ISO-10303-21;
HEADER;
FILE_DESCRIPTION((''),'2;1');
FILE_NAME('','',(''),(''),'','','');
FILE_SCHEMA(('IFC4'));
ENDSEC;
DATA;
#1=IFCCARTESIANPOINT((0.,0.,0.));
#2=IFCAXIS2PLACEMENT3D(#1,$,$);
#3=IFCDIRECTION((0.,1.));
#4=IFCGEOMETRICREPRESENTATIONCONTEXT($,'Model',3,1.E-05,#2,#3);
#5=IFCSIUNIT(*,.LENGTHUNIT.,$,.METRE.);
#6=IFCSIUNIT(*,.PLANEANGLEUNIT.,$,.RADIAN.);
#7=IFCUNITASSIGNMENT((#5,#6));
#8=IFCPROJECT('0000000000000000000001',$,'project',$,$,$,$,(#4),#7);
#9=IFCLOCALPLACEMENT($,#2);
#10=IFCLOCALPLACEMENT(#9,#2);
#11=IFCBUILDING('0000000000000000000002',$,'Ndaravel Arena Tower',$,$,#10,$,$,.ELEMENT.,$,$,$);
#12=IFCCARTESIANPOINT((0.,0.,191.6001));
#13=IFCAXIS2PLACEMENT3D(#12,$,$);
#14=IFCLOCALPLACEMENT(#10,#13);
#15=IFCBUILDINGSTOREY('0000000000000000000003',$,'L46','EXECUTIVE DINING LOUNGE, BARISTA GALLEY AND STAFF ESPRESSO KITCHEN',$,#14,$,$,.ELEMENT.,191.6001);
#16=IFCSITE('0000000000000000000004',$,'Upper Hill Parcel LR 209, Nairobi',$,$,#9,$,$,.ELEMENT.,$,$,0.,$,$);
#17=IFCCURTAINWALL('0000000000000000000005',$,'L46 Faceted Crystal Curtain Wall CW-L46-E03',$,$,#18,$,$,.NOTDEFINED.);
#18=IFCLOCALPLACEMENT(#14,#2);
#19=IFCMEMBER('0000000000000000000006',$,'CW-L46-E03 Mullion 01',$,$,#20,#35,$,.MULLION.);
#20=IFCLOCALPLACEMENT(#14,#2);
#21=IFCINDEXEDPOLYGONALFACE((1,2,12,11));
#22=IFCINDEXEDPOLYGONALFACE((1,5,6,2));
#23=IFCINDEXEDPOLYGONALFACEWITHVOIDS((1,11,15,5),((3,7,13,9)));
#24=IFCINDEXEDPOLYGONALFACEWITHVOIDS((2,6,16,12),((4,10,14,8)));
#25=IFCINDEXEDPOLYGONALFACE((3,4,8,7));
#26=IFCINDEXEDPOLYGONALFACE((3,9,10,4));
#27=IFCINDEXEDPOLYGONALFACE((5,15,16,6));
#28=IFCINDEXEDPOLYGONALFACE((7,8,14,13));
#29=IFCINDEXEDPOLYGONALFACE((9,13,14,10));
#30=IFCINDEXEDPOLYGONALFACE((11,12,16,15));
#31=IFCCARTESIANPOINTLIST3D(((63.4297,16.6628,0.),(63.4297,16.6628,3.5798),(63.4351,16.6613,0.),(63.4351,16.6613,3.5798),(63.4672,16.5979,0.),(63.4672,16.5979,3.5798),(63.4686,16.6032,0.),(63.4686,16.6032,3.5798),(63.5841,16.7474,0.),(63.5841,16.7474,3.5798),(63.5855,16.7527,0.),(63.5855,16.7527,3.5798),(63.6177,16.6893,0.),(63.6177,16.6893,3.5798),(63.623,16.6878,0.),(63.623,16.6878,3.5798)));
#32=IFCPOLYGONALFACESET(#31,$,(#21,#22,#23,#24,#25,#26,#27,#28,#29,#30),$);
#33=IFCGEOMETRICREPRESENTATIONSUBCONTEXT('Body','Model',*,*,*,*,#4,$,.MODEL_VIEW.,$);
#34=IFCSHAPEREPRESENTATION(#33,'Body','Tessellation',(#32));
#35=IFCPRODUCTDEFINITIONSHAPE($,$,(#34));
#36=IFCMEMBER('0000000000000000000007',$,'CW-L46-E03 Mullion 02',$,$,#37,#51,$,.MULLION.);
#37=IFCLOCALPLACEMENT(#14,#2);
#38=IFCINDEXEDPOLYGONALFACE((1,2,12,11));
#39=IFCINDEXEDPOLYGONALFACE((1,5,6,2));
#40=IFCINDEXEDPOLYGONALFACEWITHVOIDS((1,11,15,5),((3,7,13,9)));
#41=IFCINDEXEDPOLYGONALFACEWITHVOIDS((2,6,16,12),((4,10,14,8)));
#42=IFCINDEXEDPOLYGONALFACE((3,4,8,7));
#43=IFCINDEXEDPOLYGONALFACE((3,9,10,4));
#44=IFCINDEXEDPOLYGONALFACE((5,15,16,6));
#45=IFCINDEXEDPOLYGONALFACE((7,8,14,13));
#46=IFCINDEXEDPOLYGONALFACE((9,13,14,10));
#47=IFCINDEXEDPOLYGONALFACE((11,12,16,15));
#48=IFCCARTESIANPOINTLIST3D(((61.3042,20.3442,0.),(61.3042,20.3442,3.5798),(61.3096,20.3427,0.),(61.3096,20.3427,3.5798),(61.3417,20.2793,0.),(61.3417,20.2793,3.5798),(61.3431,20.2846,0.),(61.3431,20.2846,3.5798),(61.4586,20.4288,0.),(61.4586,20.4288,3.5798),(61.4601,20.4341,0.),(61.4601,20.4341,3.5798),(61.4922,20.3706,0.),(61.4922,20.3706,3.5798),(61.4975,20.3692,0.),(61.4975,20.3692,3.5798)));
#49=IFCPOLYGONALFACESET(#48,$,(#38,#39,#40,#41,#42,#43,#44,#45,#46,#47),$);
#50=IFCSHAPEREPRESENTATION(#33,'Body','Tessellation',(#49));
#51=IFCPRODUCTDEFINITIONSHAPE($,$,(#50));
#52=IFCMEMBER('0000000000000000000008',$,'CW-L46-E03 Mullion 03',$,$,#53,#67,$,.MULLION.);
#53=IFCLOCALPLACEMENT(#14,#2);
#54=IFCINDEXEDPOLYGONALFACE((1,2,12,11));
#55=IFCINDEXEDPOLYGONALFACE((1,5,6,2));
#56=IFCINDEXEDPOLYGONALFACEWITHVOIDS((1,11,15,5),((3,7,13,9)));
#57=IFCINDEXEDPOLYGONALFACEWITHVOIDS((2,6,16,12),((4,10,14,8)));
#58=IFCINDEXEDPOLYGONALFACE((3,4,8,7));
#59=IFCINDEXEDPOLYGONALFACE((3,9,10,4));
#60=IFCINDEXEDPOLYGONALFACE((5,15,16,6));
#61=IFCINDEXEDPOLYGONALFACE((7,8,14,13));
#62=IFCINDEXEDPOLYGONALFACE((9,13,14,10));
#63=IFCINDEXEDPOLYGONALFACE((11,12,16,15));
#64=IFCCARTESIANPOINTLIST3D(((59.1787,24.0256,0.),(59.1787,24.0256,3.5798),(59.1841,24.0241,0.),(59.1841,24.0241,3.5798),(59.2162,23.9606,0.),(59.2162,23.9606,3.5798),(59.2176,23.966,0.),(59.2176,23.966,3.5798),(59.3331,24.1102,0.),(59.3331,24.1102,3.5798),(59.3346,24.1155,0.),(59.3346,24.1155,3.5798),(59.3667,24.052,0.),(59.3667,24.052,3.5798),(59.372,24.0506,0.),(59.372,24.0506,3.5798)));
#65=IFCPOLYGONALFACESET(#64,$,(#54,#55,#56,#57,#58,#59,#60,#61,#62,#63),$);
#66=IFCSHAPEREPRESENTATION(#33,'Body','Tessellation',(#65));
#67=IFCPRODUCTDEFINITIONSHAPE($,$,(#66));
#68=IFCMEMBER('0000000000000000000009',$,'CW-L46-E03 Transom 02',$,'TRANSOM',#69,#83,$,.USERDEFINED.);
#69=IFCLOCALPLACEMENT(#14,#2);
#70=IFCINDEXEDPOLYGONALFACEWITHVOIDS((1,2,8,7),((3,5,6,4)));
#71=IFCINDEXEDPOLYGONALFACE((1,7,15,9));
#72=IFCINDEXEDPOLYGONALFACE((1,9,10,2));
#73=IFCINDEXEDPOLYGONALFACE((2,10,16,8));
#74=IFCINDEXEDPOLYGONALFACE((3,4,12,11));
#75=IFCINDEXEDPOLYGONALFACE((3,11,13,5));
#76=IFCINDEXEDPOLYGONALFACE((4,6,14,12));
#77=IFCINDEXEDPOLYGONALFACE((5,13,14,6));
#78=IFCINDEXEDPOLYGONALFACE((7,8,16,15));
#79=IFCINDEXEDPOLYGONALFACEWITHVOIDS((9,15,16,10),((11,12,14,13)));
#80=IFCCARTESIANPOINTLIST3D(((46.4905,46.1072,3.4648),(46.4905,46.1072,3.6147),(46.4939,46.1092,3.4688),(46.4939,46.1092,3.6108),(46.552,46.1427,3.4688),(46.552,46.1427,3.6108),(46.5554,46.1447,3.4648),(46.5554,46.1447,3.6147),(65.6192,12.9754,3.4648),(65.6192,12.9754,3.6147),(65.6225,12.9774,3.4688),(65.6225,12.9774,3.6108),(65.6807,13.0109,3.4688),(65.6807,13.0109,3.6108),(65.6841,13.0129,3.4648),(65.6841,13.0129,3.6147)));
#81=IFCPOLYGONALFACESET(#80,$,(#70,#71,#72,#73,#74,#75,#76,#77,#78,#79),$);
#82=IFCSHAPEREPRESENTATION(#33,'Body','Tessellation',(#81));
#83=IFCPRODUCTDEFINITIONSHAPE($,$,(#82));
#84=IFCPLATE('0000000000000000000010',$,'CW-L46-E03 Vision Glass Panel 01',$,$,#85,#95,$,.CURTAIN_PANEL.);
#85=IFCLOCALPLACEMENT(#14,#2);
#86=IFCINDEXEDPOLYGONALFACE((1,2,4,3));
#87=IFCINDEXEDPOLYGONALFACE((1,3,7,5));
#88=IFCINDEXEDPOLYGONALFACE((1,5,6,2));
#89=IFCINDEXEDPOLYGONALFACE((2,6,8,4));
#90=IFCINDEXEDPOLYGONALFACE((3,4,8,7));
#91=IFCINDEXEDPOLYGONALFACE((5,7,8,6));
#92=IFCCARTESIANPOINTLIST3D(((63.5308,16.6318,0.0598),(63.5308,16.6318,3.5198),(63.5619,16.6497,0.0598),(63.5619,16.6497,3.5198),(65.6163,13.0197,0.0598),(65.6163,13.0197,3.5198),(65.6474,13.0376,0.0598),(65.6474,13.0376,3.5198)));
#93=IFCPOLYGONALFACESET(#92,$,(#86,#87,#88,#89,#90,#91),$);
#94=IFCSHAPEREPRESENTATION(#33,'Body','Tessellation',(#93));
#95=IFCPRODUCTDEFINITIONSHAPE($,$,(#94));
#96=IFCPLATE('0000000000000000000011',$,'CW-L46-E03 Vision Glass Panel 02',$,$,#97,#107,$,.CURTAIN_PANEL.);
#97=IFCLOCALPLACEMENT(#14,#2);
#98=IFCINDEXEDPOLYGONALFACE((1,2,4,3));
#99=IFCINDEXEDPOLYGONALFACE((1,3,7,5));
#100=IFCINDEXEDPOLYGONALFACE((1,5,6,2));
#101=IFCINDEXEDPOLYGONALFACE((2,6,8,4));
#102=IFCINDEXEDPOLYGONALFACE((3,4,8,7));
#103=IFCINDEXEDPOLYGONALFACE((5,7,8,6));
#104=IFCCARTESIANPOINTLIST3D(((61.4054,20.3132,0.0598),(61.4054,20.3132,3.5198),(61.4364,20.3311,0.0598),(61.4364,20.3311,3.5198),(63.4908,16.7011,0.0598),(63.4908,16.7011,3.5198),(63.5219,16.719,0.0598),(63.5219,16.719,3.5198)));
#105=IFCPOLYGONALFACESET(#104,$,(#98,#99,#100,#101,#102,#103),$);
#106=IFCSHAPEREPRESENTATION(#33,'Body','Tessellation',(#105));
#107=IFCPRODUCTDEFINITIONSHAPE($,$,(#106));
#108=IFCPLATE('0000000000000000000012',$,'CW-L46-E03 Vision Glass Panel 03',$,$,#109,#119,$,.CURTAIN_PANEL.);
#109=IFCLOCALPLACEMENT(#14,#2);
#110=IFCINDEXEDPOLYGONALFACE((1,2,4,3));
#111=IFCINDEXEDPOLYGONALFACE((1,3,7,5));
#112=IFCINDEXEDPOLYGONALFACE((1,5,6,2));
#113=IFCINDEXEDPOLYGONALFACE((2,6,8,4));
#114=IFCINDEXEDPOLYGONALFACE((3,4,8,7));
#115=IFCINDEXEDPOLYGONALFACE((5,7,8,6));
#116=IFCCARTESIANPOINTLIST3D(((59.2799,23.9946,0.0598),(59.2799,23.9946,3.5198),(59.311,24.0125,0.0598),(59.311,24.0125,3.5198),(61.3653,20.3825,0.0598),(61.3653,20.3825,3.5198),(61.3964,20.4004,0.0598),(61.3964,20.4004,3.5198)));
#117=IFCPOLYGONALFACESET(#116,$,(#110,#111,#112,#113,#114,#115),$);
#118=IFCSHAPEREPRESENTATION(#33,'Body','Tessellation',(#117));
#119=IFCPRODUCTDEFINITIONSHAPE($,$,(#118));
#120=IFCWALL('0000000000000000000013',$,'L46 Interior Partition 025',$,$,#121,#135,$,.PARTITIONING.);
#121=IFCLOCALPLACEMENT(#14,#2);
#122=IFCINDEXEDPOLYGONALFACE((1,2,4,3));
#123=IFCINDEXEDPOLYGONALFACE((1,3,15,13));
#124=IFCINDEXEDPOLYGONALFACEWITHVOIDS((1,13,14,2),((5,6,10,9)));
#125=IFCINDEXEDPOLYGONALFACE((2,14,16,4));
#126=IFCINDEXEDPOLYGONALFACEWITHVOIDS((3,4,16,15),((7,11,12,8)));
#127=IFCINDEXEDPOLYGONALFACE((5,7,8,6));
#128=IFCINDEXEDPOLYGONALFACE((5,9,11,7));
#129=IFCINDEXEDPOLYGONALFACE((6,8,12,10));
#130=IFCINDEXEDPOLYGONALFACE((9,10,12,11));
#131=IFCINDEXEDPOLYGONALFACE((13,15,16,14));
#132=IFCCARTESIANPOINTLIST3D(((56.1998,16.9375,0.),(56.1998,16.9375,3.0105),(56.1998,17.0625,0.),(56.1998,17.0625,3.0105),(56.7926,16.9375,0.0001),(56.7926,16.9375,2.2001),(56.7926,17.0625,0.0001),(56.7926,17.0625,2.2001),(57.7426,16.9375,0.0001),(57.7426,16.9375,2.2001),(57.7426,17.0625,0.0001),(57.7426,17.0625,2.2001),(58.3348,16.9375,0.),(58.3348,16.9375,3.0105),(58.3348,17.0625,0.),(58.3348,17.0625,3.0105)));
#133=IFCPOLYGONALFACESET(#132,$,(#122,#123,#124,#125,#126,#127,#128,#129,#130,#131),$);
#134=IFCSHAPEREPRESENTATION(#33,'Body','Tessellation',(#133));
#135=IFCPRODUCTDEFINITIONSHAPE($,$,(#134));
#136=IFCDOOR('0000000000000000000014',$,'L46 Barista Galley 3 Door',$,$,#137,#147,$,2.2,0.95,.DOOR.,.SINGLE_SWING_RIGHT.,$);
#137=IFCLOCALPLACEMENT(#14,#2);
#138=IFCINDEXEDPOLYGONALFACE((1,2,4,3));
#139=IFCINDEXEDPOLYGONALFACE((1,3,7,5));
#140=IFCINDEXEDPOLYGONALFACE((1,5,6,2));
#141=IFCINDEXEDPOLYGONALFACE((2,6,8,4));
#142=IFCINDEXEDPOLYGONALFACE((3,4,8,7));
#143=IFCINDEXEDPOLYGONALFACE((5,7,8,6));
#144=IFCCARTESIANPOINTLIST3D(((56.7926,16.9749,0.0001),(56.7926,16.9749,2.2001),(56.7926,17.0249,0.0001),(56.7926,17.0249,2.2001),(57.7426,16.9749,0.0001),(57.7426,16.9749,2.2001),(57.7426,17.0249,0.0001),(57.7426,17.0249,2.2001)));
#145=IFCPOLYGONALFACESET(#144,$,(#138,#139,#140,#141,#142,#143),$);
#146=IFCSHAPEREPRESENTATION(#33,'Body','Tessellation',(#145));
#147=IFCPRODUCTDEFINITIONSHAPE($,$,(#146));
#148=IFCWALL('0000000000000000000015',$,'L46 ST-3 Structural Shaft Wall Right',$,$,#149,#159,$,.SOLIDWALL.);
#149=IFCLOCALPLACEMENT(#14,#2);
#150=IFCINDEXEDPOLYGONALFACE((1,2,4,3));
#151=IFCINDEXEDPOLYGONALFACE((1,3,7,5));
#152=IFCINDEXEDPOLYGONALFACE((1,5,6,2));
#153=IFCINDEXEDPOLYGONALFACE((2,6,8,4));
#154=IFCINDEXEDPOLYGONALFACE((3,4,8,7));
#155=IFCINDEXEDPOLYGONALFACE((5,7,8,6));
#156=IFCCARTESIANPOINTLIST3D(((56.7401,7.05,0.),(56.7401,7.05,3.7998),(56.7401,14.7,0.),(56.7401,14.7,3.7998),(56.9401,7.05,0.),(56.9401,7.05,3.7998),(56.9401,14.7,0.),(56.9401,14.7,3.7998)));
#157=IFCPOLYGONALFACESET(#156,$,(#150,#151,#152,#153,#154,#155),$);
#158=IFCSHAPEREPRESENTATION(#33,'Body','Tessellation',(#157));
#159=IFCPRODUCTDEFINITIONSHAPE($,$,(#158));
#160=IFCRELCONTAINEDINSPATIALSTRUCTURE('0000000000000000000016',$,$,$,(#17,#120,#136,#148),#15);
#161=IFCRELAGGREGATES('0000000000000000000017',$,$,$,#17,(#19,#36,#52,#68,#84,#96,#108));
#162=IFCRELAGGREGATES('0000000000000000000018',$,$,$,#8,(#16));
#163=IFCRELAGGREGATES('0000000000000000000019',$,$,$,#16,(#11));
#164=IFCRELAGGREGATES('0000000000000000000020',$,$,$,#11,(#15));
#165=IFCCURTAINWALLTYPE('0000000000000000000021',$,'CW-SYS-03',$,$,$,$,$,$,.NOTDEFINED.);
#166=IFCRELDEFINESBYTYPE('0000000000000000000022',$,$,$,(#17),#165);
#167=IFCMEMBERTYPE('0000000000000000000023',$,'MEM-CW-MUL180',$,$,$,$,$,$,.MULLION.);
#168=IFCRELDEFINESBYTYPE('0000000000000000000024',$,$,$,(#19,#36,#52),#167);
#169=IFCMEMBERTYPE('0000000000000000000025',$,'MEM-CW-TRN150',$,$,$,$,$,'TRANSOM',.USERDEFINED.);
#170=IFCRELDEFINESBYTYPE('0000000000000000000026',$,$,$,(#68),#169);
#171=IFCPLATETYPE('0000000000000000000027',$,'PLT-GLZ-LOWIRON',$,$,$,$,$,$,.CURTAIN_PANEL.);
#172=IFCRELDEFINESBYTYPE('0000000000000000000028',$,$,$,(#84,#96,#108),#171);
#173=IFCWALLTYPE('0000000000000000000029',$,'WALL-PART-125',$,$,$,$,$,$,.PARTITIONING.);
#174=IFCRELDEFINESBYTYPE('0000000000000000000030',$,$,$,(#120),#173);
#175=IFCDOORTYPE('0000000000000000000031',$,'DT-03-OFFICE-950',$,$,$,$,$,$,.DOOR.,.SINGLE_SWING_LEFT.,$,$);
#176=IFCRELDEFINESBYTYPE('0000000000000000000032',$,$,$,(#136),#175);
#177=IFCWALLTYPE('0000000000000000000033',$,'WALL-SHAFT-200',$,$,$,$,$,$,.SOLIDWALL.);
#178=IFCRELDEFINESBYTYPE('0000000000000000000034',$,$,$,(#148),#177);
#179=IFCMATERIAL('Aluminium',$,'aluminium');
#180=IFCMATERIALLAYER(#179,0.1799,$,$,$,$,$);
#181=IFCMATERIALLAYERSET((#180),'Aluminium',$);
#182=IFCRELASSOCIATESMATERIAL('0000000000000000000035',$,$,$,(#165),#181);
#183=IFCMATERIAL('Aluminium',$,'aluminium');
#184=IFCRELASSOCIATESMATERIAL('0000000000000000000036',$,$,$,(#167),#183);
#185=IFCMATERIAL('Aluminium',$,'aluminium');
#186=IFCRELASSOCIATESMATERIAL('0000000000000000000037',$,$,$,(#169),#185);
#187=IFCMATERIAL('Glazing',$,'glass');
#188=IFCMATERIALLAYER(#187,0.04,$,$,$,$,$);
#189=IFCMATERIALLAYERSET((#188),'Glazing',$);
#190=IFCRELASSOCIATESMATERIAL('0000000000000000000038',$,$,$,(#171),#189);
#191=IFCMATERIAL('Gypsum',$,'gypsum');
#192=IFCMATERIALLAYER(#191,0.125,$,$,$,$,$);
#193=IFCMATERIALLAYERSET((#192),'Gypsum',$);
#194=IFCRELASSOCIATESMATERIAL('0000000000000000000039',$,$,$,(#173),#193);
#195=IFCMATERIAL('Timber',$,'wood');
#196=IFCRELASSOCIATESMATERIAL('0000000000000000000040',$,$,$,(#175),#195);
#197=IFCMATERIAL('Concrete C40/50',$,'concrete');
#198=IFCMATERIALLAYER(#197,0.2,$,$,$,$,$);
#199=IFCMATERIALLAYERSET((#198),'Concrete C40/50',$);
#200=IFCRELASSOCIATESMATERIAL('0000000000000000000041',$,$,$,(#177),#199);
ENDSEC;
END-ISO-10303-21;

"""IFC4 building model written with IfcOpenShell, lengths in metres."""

from ifc_helpers import new_model, si_unit, direction, frame, frame_2d, origin, origin_2d, place, context, subcontext, project, spatial, rectangle, hollow_rectangle, extrude, material, layer, layer_set, material_profile, profile_set, type_object, element, fill, aggregate, save


model = new_model("IFC4")

# Units and contexts
model_context = context("Model", 3, precision=1e-05, world=origin(), true_north=direction((0.0, 1.0)))
body_context = subcontext(model_context, "Body", "Model", "MODEL_VIEW")
ifc_project = project(units=[si_unit("LENGTHUNIT", "METRE"), si_unit("PLANEANGLEUNIT", "RADIAN")], contexts=[model_context])

# Site, building, storey
site_placement = place(None, origin())
site = spatial("IfcSite", under=ifc_project, at=site_placement, Name="Upper Hill Parcel LR 209, Nairobi", CompositionType="ELEMENT", RefElevation=0.0)
building_placement = place(site_placement, origin())
building = spatial("IfcBuilding", under=site, at=building_placement, Name="Ndaravel Arena Tower", CompositionType="ELEMENT")
storey_placement = place(building_placement, frame((0.0, 0.0, 191.6001)))
storey = spatial("IfcBuildingStorey", under=building, at=storey_placement, Name="L46", Description="EXECUTIVE DINING LOUNGE, BARISTA GALLEY AND STAFF ESPRESSO KITCHEN", CompositionType="ELEMENT", Elevation=191.6001)

# Curtain wall, members, plates
ifc_material_1 = material(Name="Aluminium", Category="aluminium")
ifc_layer_1 = layer(ifc_material_1, 0.1799)
ifc_layer_set_1 = layer_set([ifc_layer_1], Name="Aluminium")
curtain_wall_type = type_object("IfcCurtainWallType", Name="CW-SYS-03", PredefinedType="NOTDEFINED", material=ifc_layer_set_1)
curtain_wall_placement = place(storey_placement, origin())
curtain_wall = element("IfcCurtainWall", 1, at=curtain_wall_placement, inside=storey, type_object=curtain_wall_type, Name="L46 Faceted Crystal Curtain Wall CW-L46-E03", PredefinedType="NOTDEFINED")
ifc_material_2 = material(Name="Aluminium", Category="aluminium")
ifc_material_profile_1 = material_profile(ifc_material_2, hollow_rectangle(XDim=0.075, YDim=0.1799, WallThickness=0.0039, at=origin_2d()), Name="CW MULLION 75x180x4")
ifc_profile_set_1 = profile_set([ifc_material_profile_1], Name="Aluminium")
member_type_1 = type_object("IfcMemberType", Name="MEM-CW-MUL180", PredefinedType="MULLION", material=ifc_profile_set_1)
member_1_placement = place(storey_placement, frame((63.5264, 16.6753, 0.0), z_axis=(0.0, 0.0, 1.0), x_axis=(-0.5, 0.866025, 0.0)))
member_1 = element("IfcMember", 2, at=member_1_placement, type_object=member_type_1, Name="CW-L46-E03 Mullion 01", PredefinedType="MULLION", context=body_context, shape_type="SweptSolid", body=[
    extrude(hollow_rectangle(XDim=0.075, YDim=0.1799, WallThickness=0.0039, at=origin_2d()), origin(), (0.0, 0.0, 1.0), 3.5798),
])
member_2_placement = place(storey_placement, frame((61.4009, 20.3567, 0.0), z_axis=(0.0, 0.0, 1.0), x_axis=(-0.5, 0.866025, 0.0)))
member_2 = element("IfcMember", 3, at=member_2_placement, type_object=member_type_1, Name="CW-L46-E03 Mullion 02", PredefinedType="MULLION", context=body_context, shape_type="SweptSolid", body=[
    extrude(hollow_rectangle(XDim=0.075, YDim=0.1799, WallThickness=0.0039, at=origin_2d()), origin(), (0.0, 0.0, 1.0), 3.5798),
])
member_3_placement = place(storey_placement, frame((59.2754, 24.0381, 0.0), z_axis=(0.0, 0.0, 1.0), x_axis=(-0.5, 0.866025, 0.0)))
member_3 = element("IfcMember", 4, at=member_3_placement, type_object=member_type_1, Name="CW-L46-E03 Mullion 03", PredefinedType="MULLION", context=body_context, shape_type="SweptSolid", body=[
    extrude(hollow_rectangle(XDim=0.075, YDim=0.1799, WallThickness=0.0039, at=origin_2d()), origin(), (0.0, 0.0, 1.0), 3.5798),
])
ifc_material_3 = material(Name="Aluminium", Category="aluminium")
ifc_material_profile_2 = material_profile(ifc_material_3, hollow_rectangle(XDim=0.075, YDim=0.1499, WallThickness=0.0039, at=origin_2d()), Name="CW TRANSOM 75x150x4")
ifc_profile_set_2 = profile_set([ifc_material_profile_2], Name="Aluminium")
member_type_2 = type_object("IfcMemberType", Name="MEM-CW-TRN150", ElementType="TRANSOM", PredefinedType="USERDEFINED", material=ifc_profile_set_2)
member_4_placement = place(storey_placement, frame((65.6516, 12.9941, 3.5398), z_axis=(-0.5, 0.866026, 0.0), x_axis=(-0.866026, -0.5, 0.0)))
member_4 = element("IfcMember", 5, at=member_4_placement, type_object=member_type_2, Name="CW-L46-E03 Transom 02", ObjectType="TRANSOM", PredefinedType="USERDEFINED", context=body_context, shape_type="SweptSolid", body=[
    extrude(hollow_rectangle(XDim=0.075, YDim=0.1499, WallThickness=0.0039, at=origin_2d()), origin(), (0.0, 0.0, 1.0), 38.2573),
])
ifc_material_4 = material(Name="Glazing", Category="glass")
ifc_layer_2 = layer(ifc_material_4, 0.04)
ifc_layer_set_2 = layer_set([ifc_layer_2], Name="Glazing")
plate_type = type_object("IfcPlateType", Name="PLT-GLZ-LOWIRON", PredefinedType="CURTAIN_PANEL", material=ifc_layer_set_2)
plate_1_placement = place(storey_placement, frame((64.5891, 14.8347, 0.0598), z_axis=(0.0, 0.0, 1.0), x_axis=(-0.5, 0.866025, 0.0)))
plate_1 = element("IfcPlate", 6, at=plate_1_placement, type_object=plate_type, Name="CW-L46-E03 Vision Glass Panel 01", PredefinedType="CURTAIN_PANEL", context=body_context, shape_type="SweptSolid", body=[
    extrude(rectangle(XDim=4.1709, YDim=0.0359, at=origin_2d()), origin(), (0.0, 0.0, 1.0), 3.46),
])
plate_2_placement = place(storey_placement, frame((62.4636, 18.5161, 0.0598), z_axis=(0.0, 0.0, 1.0), x_axis=(-0.5, 0.866025, 0.0)))
plate_2 = element("IfcPlate", 7, at=plate_2_placement, type_object=plate_type, Name="CW-L46-E03 Vision Glass Panel 02", PredefinedType="CURTAIN_PANEL", context=body_context, shape_type="SweptSolid", body=[
    extrude(rectangle(XDim=4.1709, YDim=0.0359, at=origin_2d()), origin(), (0.0, 0.0, 1.0), 3.46),
])
plate_3_placement = place(storey_placement, frame((60.3381, 22.1975, 0.0598), z_axis=(0.0, 0.0, 1.0), x_axis=(-0.5, 0.866025, 0.0)))
plate_3 = element("IfcPlate", 8, at=plate_3_placement, type_object=plate_type, Name="CW-L46-E03 Vision Glass Panel 03", PredefinedType="CURTAIN_PANEL", context=body_context, shape_type="SweptSolid", body=[
    extrude(rectangle(XDim=4.1709, YDim=0.0359, at=origin_2d()), origin(), (0.0, 0.0, 1.0), 3.46),
])
aggregate(curtain_wall, [member_1, member_2, member_3, member_4, plate_1, plate_2, plate_3])

# Wall, opening, door
ifc_material_5 = material(Name="Gypsum", Category="gypsum")
ifc_layer_3 = layer(ifc_material_5, 0.125)
ifc_layer_set_3 = layer_set([ifc_layer_3], Name="Gypsum")
wall_type_1 = type_object("IfcWallType", Name="WALL-PART-125", PredefinedType="PARTITIONING", material=ifc_layer_set_3)
wall_1_placement = place(storey_placement, frame((56.2, 17.0, 0.0), z_axis=(0.0, 0.0, 1.0), x_axis=(1.0, 0.0, 0.0)))
wall_1 = element("IfcWall", 9, at=wall_1_placement, inside=storey, type_object=wall_type_1, Name="L46 Interior Partition 025", PredefinedType="PARTITIONING", context=body_context, shape_type="SweptSolid", body=[
    extrude(rectangle(XDim=2.135, YDim=0.125, at=frame_2d((1.0674, 0.0))), origin(), (0.0, 0.0, 1.0), 3.0105),
])
opening_1_placement = place(wall_1_placement, frame((0.5925, 0.0, 0.0)))
opening_1 = element("IfcOpeningElement", 10, at=opening_1_placement, cuts=wall_1, PredefinedType="OPENING", context=body_context, shape_type="SweptSolid", body=[
    extrude(rectangle(XDim=0.95, YDim=2.2, at=frame_2d((0.4751, 1.1001))), frame((0.0, 0.0625, 0.0), z_axis=(0.0, -1.0, 0.0), x_axis=(1.0, 0.0, 0.0)), (0.0, 0.0, 1.0), 0.125),
])
ifc_material_6 = material(Name="Timber", Category="wood")
door_type_1 = type_object("IfcDoorType", Name="DT-03-OFFICE-950", OperationType="SINGLE_SWING_LEFT", PredefinedType="DOOR", material=ifc_material_6)
door_1_placement = place(opening_1_placement, origin())
door_1 = element("IfcDoor", 11, at=door_1_placement, inside=storey, type_object=door_type_1, Name="L46 Barista Galley 3 Door", OperationType="SINGLE_SWING_RIGHT", OverallHeight=2.2, OverallWidth=0.95, PredefinedType="DOOR", context=body_context, shape_type="SweptSolid", body=[
    extrude(rectangle(XDim=0.95, YDim=2.2, at=frame_2d((0.4751, 1.1001))), frame((0.0, 0.0249, 0.0), z_axis=(0.0, -1.0, 0.0), x_axis=(1.0, 0.0, 0.0)), (0.0, 0.0, 1.0), 0.05),
])
fill(opening_1, door_1)

# Wall
ifc_material_7 = material(Name="Concrete C40/50", Category="concrete")
ifc_layer_4 = layer(ifc_material_7, 0.2)
ifc_layer_set_4 = layer_set([ifc_layer_4], Name="Concrete C40/50")
wall_type_2 = type_object("IfcWallType", Name="WALL-SHAFT-200", PredefinedType="SOLIDWALL", material=ifc_layer_set_4)
wall_2_placement = place(storey_placement, frame((56.8401, 14.7, 0.0), z_axis=(0.0, 0.0, 1.0), x_axis=(0.0, -1.0, 0.0)))
element("IfcWall", 12, at=wall_2_placement, inside=storey, type_object=wall_type_2, Name="L46 ST-3 Structural Shaft Wall Right", PredefinedType="SOLIDWALL", context=body_context, shape_type="SweptSolid", body=[
    extrude(rectangle(XDim=7.6499, YDim=0.2, at=frame_2d((3.825, 0.0))), origin(), (0.0, 0.0, 1.0), 3.7998),
])

save(model, "model.ifc")
